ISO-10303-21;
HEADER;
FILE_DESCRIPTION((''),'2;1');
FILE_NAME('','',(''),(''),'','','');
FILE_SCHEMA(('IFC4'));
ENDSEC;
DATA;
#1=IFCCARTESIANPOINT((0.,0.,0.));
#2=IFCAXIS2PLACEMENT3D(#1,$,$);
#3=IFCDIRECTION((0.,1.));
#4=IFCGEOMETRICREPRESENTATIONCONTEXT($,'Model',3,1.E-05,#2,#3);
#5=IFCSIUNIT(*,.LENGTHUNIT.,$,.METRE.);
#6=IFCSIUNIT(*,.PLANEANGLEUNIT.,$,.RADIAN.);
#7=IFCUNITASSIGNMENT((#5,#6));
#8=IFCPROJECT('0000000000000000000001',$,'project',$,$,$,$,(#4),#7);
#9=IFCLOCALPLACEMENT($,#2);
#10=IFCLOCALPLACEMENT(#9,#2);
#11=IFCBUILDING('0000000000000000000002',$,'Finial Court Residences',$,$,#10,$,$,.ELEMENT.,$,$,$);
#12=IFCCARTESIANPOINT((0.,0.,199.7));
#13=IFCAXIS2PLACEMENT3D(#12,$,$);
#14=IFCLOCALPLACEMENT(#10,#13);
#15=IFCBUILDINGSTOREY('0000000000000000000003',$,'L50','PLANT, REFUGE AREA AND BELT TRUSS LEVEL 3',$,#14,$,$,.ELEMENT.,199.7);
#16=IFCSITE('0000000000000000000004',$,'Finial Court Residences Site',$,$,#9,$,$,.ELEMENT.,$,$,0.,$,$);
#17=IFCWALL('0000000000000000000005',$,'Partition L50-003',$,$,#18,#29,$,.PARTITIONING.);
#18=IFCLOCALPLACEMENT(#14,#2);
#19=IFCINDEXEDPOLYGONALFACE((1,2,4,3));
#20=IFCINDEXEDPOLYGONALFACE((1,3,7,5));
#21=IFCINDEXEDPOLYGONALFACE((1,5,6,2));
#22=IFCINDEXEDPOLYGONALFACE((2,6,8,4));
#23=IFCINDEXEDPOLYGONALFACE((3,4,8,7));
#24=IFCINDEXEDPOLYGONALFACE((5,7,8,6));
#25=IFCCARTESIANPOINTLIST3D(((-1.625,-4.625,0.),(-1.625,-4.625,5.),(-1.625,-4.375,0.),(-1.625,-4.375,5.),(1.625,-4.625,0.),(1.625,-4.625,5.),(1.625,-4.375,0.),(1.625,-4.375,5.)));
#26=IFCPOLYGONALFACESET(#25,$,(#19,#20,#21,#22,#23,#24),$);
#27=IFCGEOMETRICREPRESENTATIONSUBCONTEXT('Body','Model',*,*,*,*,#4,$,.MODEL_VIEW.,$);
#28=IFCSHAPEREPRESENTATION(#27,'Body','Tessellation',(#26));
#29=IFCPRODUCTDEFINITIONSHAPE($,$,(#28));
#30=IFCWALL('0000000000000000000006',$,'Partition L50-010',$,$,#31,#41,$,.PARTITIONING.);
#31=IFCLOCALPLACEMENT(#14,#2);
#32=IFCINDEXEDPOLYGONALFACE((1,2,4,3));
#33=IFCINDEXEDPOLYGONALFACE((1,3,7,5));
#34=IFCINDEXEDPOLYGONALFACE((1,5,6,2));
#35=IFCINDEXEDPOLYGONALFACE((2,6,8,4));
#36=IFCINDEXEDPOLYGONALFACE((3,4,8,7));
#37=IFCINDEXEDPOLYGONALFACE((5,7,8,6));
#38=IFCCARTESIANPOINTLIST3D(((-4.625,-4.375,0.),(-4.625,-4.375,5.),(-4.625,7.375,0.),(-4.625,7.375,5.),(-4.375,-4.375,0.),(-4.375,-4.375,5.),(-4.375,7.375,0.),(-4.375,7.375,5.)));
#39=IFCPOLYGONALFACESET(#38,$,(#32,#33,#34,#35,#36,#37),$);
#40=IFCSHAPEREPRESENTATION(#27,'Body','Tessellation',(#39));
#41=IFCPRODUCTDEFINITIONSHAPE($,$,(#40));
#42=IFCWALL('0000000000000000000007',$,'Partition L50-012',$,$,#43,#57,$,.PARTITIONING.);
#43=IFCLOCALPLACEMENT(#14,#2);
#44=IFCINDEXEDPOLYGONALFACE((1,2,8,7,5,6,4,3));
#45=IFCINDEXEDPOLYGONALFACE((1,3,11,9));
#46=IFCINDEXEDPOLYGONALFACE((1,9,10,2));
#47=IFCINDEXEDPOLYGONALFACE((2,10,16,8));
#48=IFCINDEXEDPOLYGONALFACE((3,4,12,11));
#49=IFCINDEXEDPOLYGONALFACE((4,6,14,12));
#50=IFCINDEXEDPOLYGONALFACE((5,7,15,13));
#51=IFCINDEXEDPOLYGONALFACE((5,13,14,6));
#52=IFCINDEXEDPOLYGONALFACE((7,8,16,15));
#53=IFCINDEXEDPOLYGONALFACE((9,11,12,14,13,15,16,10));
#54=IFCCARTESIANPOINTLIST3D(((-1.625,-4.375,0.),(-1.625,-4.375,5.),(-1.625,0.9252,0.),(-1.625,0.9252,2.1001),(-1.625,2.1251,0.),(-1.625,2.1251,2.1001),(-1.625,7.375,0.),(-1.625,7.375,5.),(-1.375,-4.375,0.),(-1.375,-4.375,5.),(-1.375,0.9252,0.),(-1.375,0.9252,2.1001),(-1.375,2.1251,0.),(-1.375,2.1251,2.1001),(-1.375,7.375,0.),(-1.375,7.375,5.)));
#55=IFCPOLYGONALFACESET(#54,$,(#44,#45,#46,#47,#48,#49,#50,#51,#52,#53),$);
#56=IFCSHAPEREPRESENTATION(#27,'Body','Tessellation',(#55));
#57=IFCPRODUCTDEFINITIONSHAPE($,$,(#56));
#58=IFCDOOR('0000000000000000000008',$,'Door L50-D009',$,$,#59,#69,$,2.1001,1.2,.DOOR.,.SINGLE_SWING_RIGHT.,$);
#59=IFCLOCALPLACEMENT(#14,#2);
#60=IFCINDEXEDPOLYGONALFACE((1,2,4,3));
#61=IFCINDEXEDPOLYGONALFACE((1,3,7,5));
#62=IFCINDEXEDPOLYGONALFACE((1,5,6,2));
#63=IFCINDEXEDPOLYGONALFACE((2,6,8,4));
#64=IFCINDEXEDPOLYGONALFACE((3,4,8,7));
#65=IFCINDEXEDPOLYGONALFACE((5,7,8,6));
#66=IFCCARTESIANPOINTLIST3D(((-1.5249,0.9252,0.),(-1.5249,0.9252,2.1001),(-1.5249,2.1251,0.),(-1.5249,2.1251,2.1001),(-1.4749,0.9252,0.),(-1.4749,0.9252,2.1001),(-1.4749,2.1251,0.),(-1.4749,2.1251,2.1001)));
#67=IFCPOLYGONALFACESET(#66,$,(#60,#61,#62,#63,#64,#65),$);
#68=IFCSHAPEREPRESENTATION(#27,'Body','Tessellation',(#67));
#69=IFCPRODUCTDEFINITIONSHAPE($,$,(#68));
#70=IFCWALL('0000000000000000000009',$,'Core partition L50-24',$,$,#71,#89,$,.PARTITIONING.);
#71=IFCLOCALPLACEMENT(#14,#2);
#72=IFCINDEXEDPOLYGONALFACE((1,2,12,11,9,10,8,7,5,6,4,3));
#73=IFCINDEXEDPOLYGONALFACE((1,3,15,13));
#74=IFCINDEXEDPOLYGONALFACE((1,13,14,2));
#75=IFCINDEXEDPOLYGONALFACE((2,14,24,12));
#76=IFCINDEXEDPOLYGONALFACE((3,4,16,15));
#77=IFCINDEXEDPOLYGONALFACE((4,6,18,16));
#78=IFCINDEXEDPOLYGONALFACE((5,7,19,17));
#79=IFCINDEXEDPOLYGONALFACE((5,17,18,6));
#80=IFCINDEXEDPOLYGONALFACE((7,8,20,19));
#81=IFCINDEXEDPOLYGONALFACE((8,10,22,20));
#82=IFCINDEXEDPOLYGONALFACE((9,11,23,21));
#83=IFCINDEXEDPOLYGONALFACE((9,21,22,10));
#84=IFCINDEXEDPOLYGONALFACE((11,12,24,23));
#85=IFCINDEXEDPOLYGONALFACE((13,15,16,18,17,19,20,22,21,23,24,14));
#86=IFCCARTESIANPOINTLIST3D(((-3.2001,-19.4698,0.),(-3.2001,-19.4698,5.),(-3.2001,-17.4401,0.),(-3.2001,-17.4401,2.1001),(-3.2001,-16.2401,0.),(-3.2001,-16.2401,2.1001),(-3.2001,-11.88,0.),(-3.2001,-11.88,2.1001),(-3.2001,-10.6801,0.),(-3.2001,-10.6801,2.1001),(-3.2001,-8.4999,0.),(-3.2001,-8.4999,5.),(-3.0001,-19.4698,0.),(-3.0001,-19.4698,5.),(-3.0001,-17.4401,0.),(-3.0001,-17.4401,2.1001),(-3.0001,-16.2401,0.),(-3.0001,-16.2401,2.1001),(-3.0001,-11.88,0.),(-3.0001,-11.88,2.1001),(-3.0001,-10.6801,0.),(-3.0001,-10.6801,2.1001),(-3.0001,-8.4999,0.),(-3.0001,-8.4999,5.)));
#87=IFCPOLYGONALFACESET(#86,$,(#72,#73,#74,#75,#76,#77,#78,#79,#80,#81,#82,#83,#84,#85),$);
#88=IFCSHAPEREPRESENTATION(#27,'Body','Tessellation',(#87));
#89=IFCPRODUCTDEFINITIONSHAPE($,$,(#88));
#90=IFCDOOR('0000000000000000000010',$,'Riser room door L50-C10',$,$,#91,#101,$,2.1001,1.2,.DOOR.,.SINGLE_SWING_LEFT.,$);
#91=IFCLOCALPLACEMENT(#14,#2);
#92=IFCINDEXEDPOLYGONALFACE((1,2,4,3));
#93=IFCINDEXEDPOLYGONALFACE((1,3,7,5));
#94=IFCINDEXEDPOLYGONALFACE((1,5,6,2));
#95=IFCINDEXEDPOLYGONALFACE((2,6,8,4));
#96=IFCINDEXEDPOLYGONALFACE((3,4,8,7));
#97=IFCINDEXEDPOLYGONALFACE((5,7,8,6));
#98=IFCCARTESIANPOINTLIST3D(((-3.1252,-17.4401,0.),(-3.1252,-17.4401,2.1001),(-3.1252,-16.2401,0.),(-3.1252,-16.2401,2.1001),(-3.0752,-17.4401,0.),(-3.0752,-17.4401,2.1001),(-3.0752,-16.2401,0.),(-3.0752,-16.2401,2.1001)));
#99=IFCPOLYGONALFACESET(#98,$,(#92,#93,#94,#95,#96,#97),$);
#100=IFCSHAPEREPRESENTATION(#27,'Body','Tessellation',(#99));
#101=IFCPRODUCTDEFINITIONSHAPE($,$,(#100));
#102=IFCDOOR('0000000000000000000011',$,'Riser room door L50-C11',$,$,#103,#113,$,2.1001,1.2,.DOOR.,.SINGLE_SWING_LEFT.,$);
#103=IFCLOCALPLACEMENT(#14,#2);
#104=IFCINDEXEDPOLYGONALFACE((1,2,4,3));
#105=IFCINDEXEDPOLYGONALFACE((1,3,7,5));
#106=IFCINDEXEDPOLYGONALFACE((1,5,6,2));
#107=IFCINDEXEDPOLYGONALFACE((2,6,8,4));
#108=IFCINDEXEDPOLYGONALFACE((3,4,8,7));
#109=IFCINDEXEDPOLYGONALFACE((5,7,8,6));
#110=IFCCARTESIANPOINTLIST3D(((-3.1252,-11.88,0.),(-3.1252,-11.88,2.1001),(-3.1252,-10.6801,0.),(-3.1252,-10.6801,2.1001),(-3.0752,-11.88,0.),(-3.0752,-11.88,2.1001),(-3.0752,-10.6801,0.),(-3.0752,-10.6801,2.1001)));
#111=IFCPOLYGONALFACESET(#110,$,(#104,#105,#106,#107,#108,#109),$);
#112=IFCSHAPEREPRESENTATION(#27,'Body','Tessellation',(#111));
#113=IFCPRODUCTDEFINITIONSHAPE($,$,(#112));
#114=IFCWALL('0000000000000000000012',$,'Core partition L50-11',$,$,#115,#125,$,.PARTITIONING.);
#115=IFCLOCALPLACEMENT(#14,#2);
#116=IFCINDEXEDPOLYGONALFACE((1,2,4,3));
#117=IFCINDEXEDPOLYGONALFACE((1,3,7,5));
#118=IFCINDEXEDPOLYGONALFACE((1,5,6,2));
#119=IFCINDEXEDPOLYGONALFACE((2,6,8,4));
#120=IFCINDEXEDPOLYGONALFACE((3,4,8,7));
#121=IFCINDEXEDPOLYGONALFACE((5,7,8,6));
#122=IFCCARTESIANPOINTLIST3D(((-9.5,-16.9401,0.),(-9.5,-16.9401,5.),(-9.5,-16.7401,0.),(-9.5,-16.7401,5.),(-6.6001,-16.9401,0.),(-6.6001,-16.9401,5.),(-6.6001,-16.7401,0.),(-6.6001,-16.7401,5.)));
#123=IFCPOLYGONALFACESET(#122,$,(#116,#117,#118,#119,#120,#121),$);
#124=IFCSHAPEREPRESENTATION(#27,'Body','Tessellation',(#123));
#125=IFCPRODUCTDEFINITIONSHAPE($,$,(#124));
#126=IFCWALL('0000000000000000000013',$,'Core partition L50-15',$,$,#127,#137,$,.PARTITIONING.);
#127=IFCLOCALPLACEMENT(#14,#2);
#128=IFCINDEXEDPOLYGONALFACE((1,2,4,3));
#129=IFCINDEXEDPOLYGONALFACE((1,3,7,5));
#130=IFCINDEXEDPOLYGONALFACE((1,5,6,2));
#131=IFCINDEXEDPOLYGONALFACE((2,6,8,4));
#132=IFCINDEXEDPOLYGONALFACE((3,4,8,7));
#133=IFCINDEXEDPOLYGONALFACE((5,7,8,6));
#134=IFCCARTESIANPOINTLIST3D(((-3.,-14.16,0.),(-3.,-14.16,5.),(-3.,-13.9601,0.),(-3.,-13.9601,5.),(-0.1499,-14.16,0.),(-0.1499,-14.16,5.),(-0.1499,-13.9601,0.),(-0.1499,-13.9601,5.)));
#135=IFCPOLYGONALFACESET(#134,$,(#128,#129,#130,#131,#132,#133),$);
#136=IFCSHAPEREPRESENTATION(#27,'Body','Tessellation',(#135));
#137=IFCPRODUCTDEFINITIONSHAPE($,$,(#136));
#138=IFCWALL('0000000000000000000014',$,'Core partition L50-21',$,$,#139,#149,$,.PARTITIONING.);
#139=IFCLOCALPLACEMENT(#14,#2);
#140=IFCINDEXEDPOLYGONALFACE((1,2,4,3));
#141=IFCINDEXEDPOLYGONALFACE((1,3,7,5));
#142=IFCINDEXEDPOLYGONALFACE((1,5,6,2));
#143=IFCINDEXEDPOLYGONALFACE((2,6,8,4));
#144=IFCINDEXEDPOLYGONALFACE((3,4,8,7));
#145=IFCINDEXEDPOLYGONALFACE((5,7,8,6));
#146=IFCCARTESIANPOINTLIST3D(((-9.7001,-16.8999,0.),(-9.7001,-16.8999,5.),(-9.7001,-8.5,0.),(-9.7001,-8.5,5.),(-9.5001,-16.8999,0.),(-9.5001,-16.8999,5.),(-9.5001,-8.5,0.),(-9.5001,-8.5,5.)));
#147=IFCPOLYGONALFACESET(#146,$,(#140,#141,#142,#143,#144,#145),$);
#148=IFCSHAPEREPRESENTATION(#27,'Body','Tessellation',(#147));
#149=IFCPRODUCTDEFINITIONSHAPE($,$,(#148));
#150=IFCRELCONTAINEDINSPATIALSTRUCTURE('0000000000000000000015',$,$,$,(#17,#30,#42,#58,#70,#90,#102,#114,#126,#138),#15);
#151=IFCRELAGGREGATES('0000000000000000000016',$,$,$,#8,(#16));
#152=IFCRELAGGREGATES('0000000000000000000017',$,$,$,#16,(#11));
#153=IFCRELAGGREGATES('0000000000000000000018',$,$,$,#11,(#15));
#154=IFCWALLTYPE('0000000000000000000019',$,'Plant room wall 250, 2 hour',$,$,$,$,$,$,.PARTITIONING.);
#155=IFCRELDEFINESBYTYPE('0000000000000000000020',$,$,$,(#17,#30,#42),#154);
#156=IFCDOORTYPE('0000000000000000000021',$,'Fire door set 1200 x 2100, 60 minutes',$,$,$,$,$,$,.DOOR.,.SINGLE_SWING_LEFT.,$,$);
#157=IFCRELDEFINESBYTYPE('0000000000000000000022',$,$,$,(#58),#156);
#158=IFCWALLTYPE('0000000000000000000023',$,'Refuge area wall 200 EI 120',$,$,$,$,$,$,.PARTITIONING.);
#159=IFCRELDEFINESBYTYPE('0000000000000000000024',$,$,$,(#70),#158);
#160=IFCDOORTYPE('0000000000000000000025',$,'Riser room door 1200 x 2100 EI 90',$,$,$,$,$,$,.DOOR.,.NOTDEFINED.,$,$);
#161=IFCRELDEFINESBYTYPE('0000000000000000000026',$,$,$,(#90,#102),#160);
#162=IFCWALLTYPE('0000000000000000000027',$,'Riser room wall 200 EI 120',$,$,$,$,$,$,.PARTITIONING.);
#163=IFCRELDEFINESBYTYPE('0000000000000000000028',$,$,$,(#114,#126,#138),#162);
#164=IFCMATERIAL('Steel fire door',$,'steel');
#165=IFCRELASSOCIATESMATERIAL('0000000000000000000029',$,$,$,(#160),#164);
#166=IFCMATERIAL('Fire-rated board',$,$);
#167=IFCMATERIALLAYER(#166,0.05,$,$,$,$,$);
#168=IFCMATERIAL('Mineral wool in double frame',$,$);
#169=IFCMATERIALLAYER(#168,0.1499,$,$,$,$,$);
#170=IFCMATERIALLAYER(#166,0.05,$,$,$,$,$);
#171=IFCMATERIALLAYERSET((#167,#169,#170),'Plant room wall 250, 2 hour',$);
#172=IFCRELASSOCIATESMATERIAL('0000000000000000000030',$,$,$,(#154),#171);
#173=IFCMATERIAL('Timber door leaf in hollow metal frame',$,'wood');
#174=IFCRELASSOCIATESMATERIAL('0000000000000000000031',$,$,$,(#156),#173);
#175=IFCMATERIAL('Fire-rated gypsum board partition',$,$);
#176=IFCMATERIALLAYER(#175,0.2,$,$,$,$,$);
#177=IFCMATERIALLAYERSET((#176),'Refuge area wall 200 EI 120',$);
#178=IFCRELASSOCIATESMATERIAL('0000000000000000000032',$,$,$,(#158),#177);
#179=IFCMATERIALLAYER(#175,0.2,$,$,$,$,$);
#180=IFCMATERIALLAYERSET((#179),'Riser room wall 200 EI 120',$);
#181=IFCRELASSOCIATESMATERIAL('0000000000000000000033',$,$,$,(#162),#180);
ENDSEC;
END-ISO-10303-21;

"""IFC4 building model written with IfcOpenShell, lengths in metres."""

from ifc_helpers import new_model, si_unit, direction, frame, frame_2d, origin, place, context, subcontext, project, spatial, rectangle, extrude, material, layer, layer_set, type_object, element, fill, save


model = new_model("IFC4")

# Units and contexts
model_context = context("Model", 3, precision=1e-05, world=origin(), true_north=direction((0.0, 1.0)))
body_context = subcontext(model_context, "Body", "Model", "MODEL_VIEW")
ifc_project = project(units=[si_unit("LENGTHUNIT", "METRE"), si_unit("PLANEANGLEUNIT", "RADIAN")], contexts=[model_context])

# Site, building, storey
site_placement = place(None, origin())
site = spatial("IfcSite", under=ifc_project, at=site_placement, Name="Finial Court Residences Site", CompositionType="ELEMENT", RefElevation=0.0)
building_placement = place(site_placement, origin())
building = spatial("IfcBuilding", under=site, at=building_placement, Name="Finial Court Residences", CompositionType="ELEMENT")
storey_placement = place(building_placement, frame((0.0, 0.0, 199.7)))
storey = spatial("IfcBuildingStorey", under=building, at=storey_placement, Name="L50", Description="PLANT, REFUGE AREA AND BELT TRUSS LEVEL 3", CompositionType="ELEMENT", Elevation=199.7)

# Shared definitions
ifc_material_1 = material(Name="Steel fire door", Category="steel")
door_type_1 = type_object("IfcDoorType", Name="Riser room door 1200 x 2100 EI 90", OperationType="NOTDEFINED", PredefinedType="DOOR", material=ifc_material_1)

# Walls
ifc_material_2 = material(Name="Fire-rated board")
ifc_layer_1 = layer(ifc_material_2, 0.05)
ifc_material_3 = material(Name="Mineral wool in double frame")
ifc_layer_2 = layer(ifc_material_3, 0.1499)
ifc_layer_3 = layer(ifc_material_2, 0.05)
ifc_layer_set_1 = layer_set([ifc_layer_1, ifc_layer_2, ifc_layer_3], Name="Plant room wall 250, 2 hour")
wall_type_1 = type_object("IfcWallType", Name="Plant room wall 250, 2 hour", PredefinedType="PARTITIONING", material=ifc_layer_set_1)
wall_1_placement = place(storey_placement, frame((-1.625, -4.5, 0.0), z_axis=(0.0, 0.0, 1.0), x_axis=(1.0, 0.0, 0.0)))
element("IfcWall", 1, at=wall_1_placement, inside=storey, type_object=wall_type_1, Name="Partition L50-003", PredefinedType="PARTITIONING", context=body_context, shape_type="SweptSolid", body=[
    extrude(rectangle(XDim=3.25, YDim=0.25, at=frame_2d((1.625, 0.0))), origin(), (0.0, 0.0, 1.0), 5.0),
])
wall_2_placement = place(storey_placement, frame((-4.5, -4.375, 0.0), z_axis=(0.0, 0.0, 1.0), x_axis=(0.0, 1.0, 0.0)))
element("IfcWall", 2, at=wall_2_placement, inside=storey, type_object=wall_type_1, Name="Partition L50-010", PredefinedType="PARTITIONING", context=body_context, shape_type="SweptSolid", body=[
    extrude(rectangle(XDim=11.75, YDim=0.25, at=frame_2d((5.875, 0.0))), origin(), (0.0, 0.0, 1.0), 5.0),
])

# Wall, opening, door
wall_3_placement = place(storey_placement, frame((-1.5, -4.375, 0.0), z_axis=(0.0, 0.0, 1.0), x_axis=(0.0, 1.0, 0.0)))
wall_3 = element("IfcWall", 3, at=wall_3_placement, inside=storey, type_object=wall_type_1, Name="Partition L50-012", PredefinedType="PARTITIONING", context=body_context, shape_type="SweptSolid", body=[
    extrude(rectangle(XDim=11.75, YDim=0.25, at=frame_2d((5.875, 0.0))), origin(), (0.0, 0.0, 1.0), 5.0),
])
opening_1_placement = place(wall_3_placement, frame((5.3, 0.0, 0.0)))
opening_1 = element("IfcOpeningElement", 4, at=opening_1_placement, cuts=wall_3, PredefinedType="OPENING", context=body_context, shape_type="SweptSolid", body=[
    extrude(rectangle(XDim=1.2, YDim=2.1001, at=frame_2d((0.6001, 1.05))), frame((0.0, 0.135, 0.0), z_axis=(0.0, -1.0, 0.0), x_axis=(1.0, 0.0, 0.0)), (0.0, 0.0, 1.0), 0.27),
])
ifc_material_4 = material(Name="Timber door leaf in hollow metal frame", Category="wood")
door_type_2 = type_object("IfcDoorType", Name="Fire door set 1200 x 2100, 60 minutes", OperationType="SINGLE_SWING_LEFT", PredefinedType="DOOR", material=ifc_material_4)
door_1_placement = place(opening_1_placement, origin())
door_1 = element("IfcDoor", 5, at=door_1_placement, inside=storey, type_object=door_type_2, Name="Door L50-D009", OperationType="SINGLE_SWING_RIGHT", OverallHeight=2.1001, OverallWidth=1.2, PredefinedType="DOOR", context=body_context, shape_type="SweptSolid", body=[
    extrude(rectangle(XDim=1.2, YDim=2.1001, at=frame_2d((0.6001, 1.05))), frame((0.0, 0.0249, 0.0), z_axis=(0.0, -1.0, 0.0), x_axis=(1.0, 0.0, 0.0)), (0.0, 0.0, 1.0), 0.05),
])
fill(opening_1, door_1)

# Wall, openings, doors
ifc_material_5 = material(Name="Fire-rated gypsum board partition")
ifc_layer_4 = layer(ifc_material_5, 0.2)
ifc_layer_set_2 = layer_set([ifc_layer_4], Name="Refuge area wall 200 EI 120")
wall_type_2 = type_object("IfcWallType", Name="Refuge area wall 200 EI 120", PredefinedType="PARTITIONING", material=ifc_layer_set_2)
wall_4_placement = place(storey_placement, frame((-3.1001, -8.5, 0.0), z_axis=(0.0, 0.0, 1.0), x_axis=(0.0, -1.0, 0.0)))
wall_4 = element("IfcWall", 6, at=wall_4_placement, inside=storey, type_object=wall_type_2, Name="Core partition L50-24", PredefinedType="PARTITIONING", context=body_context, shape_type="SweptSolid", body=[
    extrude(rectangle(XDim=10.97, YDim=0.2, at=frame_2d((5.4849, 0.0))), origin(), (0.0, 0.0, 1.0), 5.0),
])
opening_2_placement = place(wall_4_placement, frame((7.74, 0.0, 0.0)))
opening_2 = element("IfcOpeningElement", 7, at=opening_2_placement, cuts=wall_4, PredefinedType="OPENING", context=body_context, shape_type="SweptSolid", body=[
    extrude(rectangle(XDim=1.2, YDim=2.1001, at=frame_2d((0.6001, 1.05))), frame((0.0, 0.1099, 0.0), z_axis=(0.0, -1.0, 0.0), x_axis=(1.0, 0.0, 0.0)), (0.0, 0.0, 1.0), 0.22),
])
opening_3_placement = place(wall_4_placement, frame((2.1799, 0.0, 0.0)))
opening_3 = element("IfcOpeningElement", 8, at=opening_3_placement, cuts=wall_4, PredefinedType="OPENING", context=body_context, shape_type="SweptSolid", body=[
    extrude(rectangle(XDim=1.2, YDim=2.1001, at=frame_2d((0.6001, 1.05))), frame((0.0, 0.1099, 0.0), z_axis=(0.0, -1.0, 0.0), x_axis=(1.0, 0.0, 0.0)), (0.0, 0.0, 1.0), 0.22),
])
door_2_placement = place(opening_2_placement, origin())
door_2 = element("IfcDoor", 9, at=door_2_placement, inside=storey, type_object=door_type_1, Name="Riser room door L50-C10", OperationType="SINGLE_SWING_LEFT", OverallHeight=2.1001, OverallWidth=1.2, PredefinedType="DOOR", context=body_context, shape_type="SweptSolid", body=[
    extrude(rectangle(XDim=1.2, YDim=2.1001, at=frame_2d((0.6001, 1.05))), frame((0.0, 0.0249, 0.0), z_axis=(0.0, -1.0, 0.0), x_axis=(1.0, 0.0, 0.0)), (0.0, 0.0, 1.0), 0.05),
])
fill(opening_2, door_2)
door_3_placement = place(opening_3_placement, origin())
door_3 = element("IfcDoor", 10, at=door_3_placement, inside=storey, type_object=door_type_1, Name="Riser room door L50-C11", OperationType="SINGLE_SWING_LEFT", OverallHeight=2.1001, OverallWidth=1.2, PredefinedType="DOOR", context=body_context, shape_type="SweptSolid", body=[
    extrude(rectangle(XDim=1.2, YDim=2.1001, at=frame_2d((0.6001, 1.05))), frame((0.0, 0.0249, 0.0), z_axis=(0.0, -1.0, 0.0), x_axis=(1.0, 0.0, 0.0)), (0.0, 0.0, 1.0), 0.05),
])
fill(opening_3, door_3)

# Walls
ifc_layer_5 = layer(ifc_material_5, 0.2)
ifc_layer_set_3 = layer_set([ifc_layer_5], Name="Riser room wall 200 EI 120")
wall_type_3 = type_object("IfcWallType", Name="Riser room wall 200 EI 120", PredefinedType="PARTITIONING", material=ifc_layer_set_3)
wall_5_placement = place(storey_placement, frame((-9.5, -16.8401, 0.0), z_axis=(0.0, 0.0, 1.0), x_axis=(1.0, 0.0, 0.0)))
element("IfcWall", 11, at=wall_5_placement, inside=storey, type_object=wall_type_3, Name="Core partition L50-11", PredefinedType="PARTITIONING", context=body_context, shape_type="SweptSolid", body=[
    extrude(rectangle(XDim=2.8999, YDim=0.2, at=frame_2d((1.45, 0.0))), origin(), (0.0, 0.0, 1.0), 5.0),
])
wall_6_placement = place(storey_placement, frame((-3.0, -14.0601, 0.0), z_axis=(0.0, 0.0, 1.0), x_axis=(1.0, 0.0, 0.0)))
element("IfcWall", 12, at=wall_6_placement, inside=storey, type_object=wall_type_3, Name="Core partition L50-15", PredefinedType="PARTITIONING", context=body_context, shape_type="SweptSolid", body=[
    extrude(rectangle(XDim=2.8501, YDim=0.2, at=frame_2d((1.425, 0.0))), origin(), (0.0, 0.0, 1.0), 5.0),
])
wall_7_placement = place(storey_placement, frame((-9.6001, -16.8999, 0.0), z_axis=(0.0, 0.0, 1.0), x_axis=(0.0, 1.0, 0.0)))
element("IfcWall", 13, at=wall_7_placement, inside=storey, type_object=wall_type_3, Name="Core partition L50-21", PredefinedType="PARTITIONING", context=body_context, shape_type="SweptSolid", body=[
    extrude(rectangle(XDim=8.3999, YDim=0.2, at=frame_2d((4.2, 0.0))), origin(), (0.0, 0.0, 1.0), 5.0),
])

save(model, "model.ifc")
